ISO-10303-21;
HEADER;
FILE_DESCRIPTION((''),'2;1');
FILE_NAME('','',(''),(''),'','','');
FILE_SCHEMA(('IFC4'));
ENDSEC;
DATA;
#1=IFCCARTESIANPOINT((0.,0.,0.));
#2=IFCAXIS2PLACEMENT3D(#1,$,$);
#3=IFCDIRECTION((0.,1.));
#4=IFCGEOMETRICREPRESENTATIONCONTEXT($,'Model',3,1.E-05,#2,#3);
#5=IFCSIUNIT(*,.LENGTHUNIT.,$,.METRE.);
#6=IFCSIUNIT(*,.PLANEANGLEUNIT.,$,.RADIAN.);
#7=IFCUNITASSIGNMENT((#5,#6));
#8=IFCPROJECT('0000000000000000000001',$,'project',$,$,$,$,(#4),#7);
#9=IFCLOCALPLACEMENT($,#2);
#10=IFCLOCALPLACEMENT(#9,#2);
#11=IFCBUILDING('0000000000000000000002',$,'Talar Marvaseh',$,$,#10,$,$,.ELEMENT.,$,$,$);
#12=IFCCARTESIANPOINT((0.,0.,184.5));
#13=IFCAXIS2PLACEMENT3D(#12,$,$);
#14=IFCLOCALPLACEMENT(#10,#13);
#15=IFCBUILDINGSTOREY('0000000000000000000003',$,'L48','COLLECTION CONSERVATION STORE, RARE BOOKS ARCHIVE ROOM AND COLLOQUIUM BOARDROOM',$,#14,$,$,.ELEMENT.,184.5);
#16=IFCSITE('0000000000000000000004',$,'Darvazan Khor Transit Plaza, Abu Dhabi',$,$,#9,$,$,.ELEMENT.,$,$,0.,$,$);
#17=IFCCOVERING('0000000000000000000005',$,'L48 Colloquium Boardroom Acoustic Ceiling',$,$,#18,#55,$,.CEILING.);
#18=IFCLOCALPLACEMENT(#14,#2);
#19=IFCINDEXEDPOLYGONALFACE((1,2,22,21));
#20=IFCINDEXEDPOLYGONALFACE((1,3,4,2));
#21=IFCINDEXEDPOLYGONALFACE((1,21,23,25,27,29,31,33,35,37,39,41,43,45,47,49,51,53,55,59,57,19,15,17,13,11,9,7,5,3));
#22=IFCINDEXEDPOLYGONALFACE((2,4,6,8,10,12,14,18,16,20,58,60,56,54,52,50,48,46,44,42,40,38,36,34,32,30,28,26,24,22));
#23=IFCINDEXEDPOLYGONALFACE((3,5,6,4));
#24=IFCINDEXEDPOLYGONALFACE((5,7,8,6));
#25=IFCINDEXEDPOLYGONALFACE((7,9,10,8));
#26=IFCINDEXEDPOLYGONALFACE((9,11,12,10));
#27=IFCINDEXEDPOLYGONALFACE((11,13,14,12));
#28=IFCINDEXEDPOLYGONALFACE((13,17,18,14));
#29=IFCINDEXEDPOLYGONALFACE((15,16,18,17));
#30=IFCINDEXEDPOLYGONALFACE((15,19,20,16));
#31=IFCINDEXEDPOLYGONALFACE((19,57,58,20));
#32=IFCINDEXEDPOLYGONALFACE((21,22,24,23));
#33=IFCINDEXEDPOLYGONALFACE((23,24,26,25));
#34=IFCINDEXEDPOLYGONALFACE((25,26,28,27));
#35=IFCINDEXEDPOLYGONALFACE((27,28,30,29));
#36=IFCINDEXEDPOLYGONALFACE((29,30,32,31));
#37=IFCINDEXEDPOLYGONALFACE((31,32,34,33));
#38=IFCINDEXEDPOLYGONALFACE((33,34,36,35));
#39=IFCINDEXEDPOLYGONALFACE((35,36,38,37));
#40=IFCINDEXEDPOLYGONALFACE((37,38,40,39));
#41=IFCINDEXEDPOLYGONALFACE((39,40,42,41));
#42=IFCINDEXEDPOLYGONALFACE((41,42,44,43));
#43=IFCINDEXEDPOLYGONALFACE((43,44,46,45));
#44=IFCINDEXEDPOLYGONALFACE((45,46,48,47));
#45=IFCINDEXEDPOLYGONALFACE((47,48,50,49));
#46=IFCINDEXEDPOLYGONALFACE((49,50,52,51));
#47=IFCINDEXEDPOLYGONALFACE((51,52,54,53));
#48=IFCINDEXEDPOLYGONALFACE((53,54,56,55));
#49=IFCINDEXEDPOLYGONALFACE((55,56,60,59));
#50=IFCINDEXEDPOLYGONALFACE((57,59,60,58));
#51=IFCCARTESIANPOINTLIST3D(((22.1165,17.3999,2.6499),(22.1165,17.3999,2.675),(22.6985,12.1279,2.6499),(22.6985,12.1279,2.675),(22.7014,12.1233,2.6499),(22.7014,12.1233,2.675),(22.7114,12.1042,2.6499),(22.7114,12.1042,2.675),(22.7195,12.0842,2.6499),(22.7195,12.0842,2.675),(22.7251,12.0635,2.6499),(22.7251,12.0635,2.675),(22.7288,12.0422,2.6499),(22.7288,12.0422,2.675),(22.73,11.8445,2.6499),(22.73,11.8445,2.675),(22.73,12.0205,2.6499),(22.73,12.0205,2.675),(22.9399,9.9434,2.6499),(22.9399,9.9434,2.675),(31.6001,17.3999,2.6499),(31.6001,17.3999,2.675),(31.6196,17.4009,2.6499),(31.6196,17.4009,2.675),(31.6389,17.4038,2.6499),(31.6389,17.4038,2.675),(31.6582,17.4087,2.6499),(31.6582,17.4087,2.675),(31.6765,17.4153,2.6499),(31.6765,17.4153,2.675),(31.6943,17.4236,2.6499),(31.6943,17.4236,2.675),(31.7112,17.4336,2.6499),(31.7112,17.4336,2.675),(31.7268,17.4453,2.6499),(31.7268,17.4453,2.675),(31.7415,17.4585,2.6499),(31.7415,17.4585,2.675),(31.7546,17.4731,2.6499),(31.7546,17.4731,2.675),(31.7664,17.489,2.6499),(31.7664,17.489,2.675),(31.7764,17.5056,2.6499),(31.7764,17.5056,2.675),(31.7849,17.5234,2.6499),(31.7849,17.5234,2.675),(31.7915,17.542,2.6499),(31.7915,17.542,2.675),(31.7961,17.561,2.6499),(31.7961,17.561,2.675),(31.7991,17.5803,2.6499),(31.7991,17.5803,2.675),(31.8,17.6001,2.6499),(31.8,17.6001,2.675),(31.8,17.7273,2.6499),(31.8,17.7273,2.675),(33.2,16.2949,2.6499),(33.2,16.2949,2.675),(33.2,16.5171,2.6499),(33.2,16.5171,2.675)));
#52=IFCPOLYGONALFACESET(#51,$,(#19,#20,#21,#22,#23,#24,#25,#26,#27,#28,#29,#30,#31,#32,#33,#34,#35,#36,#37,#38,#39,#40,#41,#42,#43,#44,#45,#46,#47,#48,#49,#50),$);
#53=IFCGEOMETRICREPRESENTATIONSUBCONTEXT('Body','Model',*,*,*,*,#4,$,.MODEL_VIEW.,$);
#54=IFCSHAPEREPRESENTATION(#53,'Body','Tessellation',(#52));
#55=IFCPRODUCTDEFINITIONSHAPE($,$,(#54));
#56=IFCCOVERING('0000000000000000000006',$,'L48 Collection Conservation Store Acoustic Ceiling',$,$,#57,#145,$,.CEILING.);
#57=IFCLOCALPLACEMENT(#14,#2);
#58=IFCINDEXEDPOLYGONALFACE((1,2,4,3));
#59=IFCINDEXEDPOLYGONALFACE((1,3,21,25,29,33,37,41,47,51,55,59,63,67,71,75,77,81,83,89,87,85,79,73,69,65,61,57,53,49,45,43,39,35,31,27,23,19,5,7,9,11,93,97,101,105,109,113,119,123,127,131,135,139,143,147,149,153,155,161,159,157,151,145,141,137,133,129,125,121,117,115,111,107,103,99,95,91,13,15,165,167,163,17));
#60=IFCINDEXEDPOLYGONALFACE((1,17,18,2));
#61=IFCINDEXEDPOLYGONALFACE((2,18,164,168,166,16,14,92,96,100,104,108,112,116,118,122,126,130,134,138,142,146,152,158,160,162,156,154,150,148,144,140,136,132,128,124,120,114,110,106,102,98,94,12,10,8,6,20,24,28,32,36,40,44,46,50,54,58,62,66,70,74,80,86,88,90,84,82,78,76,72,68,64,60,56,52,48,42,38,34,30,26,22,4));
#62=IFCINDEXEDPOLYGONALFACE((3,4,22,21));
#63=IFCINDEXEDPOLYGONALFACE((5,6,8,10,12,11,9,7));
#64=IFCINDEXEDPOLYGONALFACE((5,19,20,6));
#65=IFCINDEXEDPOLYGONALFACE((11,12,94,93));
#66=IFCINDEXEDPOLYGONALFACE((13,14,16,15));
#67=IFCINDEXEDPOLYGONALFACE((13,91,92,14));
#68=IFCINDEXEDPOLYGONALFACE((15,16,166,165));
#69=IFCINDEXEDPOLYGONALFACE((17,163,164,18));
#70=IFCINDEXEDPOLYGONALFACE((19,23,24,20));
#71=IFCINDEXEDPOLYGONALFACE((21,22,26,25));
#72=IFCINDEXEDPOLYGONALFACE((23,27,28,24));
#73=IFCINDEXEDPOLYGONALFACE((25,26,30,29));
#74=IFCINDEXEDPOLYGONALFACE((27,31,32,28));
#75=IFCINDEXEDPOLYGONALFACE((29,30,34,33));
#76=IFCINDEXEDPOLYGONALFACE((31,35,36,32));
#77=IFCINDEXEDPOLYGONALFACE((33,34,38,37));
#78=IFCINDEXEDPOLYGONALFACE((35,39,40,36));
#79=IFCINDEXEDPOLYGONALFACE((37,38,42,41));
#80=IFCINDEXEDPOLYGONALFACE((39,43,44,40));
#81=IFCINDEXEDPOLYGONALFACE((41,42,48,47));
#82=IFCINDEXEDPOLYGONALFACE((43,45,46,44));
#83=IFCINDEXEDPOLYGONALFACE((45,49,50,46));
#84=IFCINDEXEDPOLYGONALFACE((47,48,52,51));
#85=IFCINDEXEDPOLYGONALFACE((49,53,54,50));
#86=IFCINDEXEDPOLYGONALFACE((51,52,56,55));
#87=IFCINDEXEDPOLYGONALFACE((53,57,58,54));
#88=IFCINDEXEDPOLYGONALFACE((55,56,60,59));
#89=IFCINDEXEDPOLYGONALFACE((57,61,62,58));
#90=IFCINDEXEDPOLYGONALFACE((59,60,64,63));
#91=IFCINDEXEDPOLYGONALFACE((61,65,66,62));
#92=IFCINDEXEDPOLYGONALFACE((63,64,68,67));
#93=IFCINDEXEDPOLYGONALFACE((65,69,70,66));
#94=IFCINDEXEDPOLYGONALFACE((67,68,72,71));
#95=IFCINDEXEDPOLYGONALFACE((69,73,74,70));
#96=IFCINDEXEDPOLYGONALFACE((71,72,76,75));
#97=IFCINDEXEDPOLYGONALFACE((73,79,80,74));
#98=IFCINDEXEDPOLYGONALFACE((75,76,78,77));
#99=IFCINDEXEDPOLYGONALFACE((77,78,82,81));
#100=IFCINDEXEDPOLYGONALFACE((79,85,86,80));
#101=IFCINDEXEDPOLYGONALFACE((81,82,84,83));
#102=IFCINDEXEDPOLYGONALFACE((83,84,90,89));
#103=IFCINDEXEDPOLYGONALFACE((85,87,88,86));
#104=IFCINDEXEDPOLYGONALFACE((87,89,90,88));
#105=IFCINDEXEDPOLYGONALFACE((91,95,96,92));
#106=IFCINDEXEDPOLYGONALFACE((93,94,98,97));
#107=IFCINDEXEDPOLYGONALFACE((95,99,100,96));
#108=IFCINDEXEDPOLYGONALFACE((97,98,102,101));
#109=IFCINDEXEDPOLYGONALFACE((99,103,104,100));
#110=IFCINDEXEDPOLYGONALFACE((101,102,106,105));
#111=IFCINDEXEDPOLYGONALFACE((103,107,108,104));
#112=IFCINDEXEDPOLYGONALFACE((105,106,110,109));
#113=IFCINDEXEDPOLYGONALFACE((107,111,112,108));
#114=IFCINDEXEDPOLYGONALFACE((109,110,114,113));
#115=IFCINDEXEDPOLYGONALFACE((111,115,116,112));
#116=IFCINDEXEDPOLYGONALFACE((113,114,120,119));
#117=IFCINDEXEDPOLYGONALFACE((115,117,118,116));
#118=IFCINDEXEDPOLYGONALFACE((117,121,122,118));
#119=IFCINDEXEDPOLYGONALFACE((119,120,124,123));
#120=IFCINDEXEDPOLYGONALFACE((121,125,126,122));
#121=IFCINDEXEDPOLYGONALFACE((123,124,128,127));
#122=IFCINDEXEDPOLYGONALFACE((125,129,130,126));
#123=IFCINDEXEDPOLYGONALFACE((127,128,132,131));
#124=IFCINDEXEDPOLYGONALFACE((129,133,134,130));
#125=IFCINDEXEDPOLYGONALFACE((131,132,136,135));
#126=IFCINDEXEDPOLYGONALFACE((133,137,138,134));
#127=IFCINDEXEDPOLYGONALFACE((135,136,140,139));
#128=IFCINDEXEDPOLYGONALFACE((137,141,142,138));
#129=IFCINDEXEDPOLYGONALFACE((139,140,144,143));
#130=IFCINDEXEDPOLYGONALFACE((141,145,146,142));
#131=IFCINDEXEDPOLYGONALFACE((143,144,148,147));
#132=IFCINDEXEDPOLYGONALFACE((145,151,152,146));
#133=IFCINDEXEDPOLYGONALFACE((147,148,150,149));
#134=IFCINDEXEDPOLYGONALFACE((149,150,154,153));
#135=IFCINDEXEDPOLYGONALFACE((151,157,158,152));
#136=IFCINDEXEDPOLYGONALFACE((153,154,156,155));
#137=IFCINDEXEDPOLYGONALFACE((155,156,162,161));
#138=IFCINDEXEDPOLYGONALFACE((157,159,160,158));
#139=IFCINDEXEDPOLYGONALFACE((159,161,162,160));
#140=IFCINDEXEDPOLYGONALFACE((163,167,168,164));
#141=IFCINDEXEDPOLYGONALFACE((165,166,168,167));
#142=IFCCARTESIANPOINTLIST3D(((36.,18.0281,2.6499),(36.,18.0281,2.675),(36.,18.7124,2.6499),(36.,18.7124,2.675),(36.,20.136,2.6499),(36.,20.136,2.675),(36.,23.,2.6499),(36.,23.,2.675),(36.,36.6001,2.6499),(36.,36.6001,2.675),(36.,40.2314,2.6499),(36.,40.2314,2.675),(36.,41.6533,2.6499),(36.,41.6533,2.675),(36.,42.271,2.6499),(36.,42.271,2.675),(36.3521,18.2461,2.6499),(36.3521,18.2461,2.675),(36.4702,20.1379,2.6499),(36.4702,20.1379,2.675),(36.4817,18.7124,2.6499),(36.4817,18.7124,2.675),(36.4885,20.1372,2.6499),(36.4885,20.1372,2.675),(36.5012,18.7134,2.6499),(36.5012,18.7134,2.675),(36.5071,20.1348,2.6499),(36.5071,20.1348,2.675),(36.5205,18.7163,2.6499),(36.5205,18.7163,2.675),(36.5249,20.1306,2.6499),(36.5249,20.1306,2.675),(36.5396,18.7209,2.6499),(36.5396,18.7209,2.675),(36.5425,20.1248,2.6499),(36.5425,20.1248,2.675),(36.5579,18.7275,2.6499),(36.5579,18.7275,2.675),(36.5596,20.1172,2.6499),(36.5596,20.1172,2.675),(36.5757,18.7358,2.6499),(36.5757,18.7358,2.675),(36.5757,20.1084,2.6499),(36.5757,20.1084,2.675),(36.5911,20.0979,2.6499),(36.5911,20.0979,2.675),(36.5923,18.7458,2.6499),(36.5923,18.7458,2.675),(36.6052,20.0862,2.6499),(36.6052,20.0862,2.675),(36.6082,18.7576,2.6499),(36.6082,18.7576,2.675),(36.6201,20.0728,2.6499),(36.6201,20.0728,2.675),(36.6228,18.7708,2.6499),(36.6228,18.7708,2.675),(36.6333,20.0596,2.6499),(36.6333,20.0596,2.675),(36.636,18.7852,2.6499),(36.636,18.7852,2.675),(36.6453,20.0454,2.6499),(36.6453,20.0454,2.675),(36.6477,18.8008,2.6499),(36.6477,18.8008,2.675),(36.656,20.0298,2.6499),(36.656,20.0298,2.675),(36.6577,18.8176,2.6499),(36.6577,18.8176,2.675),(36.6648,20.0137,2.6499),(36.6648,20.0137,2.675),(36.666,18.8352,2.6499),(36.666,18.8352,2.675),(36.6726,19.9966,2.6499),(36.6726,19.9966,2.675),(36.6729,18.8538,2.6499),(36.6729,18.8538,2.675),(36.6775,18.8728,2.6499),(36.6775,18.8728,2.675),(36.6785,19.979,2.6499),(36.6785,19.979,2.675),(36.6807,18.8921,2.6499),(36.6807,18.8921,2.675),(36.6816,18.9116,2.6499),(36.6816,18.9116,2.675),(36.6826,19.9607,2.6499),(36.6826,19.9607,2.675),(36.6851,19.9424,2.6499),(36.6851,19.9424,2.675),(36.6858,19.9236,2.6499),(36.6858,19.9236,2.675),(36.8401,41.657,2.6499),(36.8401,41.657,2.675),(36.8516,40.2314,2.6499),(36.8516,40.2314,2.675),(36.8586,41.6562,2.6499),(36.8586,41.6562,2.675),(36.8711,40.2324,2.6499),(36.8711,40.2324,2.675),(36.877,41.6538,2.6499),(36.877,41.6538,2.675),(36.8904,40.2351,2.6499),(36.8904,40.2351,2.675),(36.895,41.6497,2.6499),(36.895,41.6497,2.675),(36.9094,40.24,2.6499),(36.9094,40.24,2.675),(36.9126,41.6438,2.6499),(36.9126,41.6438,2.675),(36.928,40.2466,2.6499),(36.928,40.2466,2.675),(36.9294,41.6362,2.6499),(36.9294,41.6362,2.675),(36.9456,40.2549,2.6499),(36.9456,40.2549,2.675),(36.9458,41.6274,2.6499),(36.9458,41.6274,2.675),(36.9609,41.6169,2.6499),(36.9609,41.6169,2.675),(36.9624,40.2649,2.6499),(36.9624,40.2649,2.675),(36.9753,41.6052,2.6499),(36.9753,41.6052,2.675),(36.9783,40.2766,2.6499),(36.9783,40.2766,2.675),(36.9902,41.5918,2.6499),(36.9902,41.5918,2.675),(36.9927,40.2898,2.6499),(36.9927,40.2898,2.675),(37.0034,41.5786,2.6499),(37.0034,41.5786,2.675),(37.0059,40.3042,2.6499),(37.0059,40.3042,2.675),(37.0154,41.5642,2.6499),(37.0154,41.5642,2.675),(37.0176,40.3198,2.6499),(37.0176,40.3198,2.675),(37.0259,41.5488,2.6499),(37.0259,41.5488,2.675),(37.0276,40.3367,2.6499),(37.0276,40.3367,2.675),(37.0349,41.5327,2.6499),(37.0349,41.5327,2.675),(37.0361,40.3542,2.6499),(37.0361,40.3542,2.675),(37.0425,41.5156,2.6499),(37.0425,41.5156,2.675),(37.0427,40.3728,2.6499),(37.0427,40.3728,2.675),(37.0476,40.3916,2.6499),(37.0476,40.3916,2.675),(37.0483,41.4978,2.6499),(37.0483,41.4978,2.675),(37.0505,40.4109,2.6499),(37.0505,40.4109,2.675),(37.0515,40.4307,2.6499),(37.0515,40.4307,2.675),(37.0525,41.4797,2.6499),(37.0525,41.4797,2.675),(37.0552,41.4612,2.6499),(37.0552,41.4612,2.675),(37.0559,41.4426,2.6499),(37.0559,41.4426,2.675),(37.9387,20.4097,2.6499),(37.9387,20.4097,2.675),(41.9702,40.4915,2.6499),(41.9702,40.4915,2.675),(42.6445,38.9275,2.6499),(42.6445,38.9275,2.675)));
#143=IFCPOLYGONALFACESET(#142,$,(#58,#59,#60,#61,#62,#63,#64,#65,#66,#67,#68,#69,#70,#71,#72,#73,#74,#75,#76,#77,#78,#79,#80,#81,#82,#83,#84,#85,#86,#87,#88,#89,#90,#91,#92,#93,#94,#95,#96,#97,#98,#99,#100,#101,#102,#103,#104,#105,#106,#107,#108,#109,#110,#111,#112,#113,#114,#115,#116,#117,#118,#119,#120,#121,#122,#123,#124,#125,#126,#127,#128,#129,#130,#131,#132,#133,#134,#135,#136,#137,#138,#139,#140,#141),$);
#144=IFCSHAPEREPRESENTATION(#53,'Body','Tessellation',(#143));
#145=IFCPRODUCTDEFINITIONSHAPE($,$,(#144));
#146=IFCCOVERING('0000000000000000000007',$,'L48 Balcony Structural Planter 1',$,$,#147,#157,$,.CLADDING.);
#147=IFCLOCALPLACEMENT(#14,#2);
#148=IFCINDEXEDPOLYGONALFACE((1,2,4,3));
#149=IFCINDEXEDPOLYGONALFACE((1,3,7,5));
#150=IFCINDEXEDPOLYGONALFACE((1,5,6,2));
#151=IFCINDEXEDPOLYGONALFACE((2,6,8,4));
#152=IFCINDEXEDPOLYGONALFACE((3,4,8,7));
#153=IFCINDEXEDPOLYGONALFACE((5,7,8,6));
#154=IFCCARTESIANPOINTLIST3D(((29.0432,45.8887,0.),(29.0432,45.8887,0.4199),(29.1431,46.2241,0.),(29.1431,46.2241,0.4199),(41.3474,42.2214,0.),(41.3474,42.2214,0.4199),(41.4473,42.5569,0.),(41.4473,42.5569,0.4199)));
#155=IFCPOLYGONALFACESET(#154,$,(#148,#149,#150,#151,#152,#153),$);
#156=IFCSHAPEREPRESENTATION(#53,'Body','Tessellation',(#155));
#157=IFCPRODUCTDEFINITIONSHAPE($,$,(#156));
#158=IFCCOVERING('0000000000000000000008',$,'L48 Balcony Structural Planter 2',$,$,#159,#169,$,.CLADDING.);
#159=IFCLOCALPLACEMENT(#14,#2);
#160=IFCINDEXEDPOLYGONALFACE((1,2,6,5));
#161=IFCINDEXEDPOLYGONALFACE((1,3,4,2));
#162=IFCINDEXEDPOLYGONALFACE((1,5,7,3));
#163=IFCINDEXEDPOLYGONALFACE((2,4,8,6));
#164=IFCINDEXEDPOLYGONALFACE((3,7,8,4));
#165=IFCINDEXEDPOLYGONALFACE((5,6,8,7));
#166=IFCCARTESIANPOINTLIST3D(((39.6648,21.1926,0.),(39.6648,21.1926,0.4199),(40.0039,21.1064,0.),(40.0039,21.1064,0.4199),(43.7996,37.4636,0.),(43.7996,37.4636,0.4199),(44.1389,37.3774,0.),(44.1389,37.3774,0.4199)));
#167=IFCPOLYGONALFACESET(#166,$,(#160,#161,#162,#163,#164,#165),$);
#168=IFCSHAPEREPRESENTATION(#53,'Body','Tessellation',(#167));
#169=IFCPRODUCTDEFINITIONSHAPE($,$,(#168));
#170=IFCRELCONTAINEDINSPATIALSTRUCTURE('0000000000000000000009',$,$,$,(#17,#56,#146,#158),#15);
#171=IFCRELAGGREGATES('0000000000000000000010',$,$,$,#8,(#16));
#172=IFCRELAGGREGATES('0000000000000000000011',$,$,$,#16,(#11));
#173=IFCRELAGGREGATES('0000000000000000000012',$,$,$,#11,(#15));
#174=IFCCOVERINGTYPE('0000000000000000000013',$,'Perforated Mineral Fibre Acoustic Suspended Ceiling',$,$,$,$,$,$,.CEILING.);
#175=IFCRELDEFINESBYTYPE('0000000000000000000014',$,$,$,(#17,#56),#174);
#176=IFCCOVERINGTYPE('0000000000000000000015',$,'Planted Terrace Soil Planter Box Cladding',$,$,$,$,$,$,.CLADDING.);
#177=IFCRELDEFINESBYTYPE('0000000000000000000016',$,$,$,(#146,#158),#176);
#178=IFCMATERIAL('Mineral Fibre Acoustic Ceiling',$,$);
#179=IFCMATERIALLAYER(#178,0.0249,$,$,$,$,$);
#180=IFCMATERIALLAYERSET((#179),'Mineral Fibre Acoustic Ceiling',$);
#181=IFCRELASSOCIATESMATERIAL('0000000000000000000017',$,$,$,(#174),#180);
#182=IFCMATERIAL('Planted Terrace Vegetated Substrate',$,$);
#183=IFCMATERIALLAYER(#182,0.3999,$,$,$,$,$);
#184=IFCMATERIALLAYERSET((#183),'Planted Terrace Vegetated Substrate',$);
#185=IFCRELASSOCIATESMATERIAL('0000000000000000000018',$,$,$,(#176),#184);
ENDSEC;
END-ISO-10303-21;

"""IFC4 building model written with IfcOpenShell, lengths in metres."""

from ifc_helpers import new_model, si_unit, direction, frame, origin, place, context, subcontext, project, spatial, polyline, outline, extrude, material, layer, layer_set, type_object, element, save


model = new_model("IFC4")

# Units and contexts
model_context = context("Model", 3, precision=1e-05, world=origin(), true_north=direction((0.0, 1.0)))
body_context = subcontext(model_context, "Body", "Model", "MODEL_VIEW")
ifc_project = project(units=[si_unit("LENGTHUNIT", "METRE"), si_unit("PLANEANGLEUNIT", "RADIAN")], contexts=[model_context])

# Site, building, storey
site_placement = place(None, origin())
site = spatial("IfcSite", under=ifc_project, at=site_placement, Name="Darvazan Khor Transit Plaza, Abu Dhabi", CompositionType="ELEMENT", RefElevation=0.0)
building_placement = place(site_placement, origin())
building = spatial("IfcBuilding", under=site, at=building_placement, Name="Talar Marvaseh", CompositionType="ELEMENT")
storey_placement = place(building_placement, frame((0.0, 0.0, 184.5)))
storey = spatial("IfcBuildingStorey", under=building, at=storey_placement, Name="L48", Description="COLLECTION CONSERVATION STORE, RARE BOOKS ARCHIVE ROOM AND COLLOQUIUM BOARDROOM", CompositionType="ELEMENT", Elevation=184.5)

# Coverings
ifc_material_1 = material(Name="Mineral Fibre Acoustic Ceiling")
ifc_layer_1 = layer(ifc_material_1, 0.0249)
ifc_layer_set_1 = layer_set([ifc_layer_1], Name="Mineral Fibre Acoustic Ceiling")
covering_type_1 = type_object("IfcCoveringType", Name="Perforated Mineral Fibre Acoustic Suspended Ceiling", PredefinedType="CEILING", material=ifc_layer_set_1)
covering_1_placement = place(storey_placement, frame((0.0, 0.0, 2.6499)))
element("IfcCovering", 1, at=covering_1_placement, inside=storey, type_object=covering_type_1, Name="L48 Colloquium Boardroom Acoustic Ceiling", PredefinedType="CEILING", context=body_context, shape_type="SweptSolid", body=[
    extrude(outline(polyline([(31.6001, 17.3999), (31.6196, 17.4009), (31.6389, 17.4038), (31.6582, 17.4087), (31.6765, 17.4153), (31.6943, 17.4236), (31.7112, 17.4336), (31.7268, 17.4453), (31.7415, 17.4585), (31.7546, 17.4731), (31.7664, 17.489), (31.7764, 17.5056), (31.7849, 17.5234), (31.7915, 17.542), (31.7961, 17.561), (31.7991, 17.5803), (31.8, 17.6001), (31.8, 17.7273), (33.2, 16.5171), (33.2, 16.2949), (22.9399, 9.9434), (22.73, 11.8445), (22.73, 12.0205), (22.7288, 12.0422), (22.7251, 12.0635), (22.7195, 12.0842), (22.7114, 12.1042), (22.7014, 12.1233), (22.6985, 12.1279), (22.1165, 17.3999), (31.6001, 17.3999)])), origin(), (0.0, 0.0, 1.0), 0.0251),
])
covering_2_placement = place(storey_placement, frame((0.0, 0.0, 2.6499)))
element("IfcCovering", 2, at=covering_2_placement, inside=storey, type_object=covering_type_1, Name="L48 Collection Conservation Store Acoustic Ceiling", PredefinedType="CEILING", context=body_context, shape_type="SweptSolid", body=[
    extrude(outline(polyline([(42.6445, 38.9275), (37.9387, 20.4097), (36.3521, 18.2461), (36.0, 18.0281), (36.0, 18.7124), (36.4817, 18.7124), (36.5012, 18.7134), (36.5205, 18.7163), (36.5396, 18.7209), (36.5579, 18.7275), (36.5757, 18.7358), (36.5923, 18.7458), (36.6082, 18.7576), (36.6228, 18.7708), (36.636, 18.7852), (36.6477, 18.8008), (36.6577, 18.8176), (36.666, 18.8352), (36.6729, 18.8538), (36.6775, 18.8728), (36.6807, 18.8921), (36.6816, 18.9116), (36.6858, 19.9236), (36.6851, 19.9424), (36.6826, 19.9607), (36.6785, 19.979), (36.6726, 19.9966), (36.6648, 20.0137), (36.656, 20.0298), (36.6453, 20.0454), (36.6333, 20.0596), (36.6201, 20.0728), (36.6052, 20.0862), (36.5911, 20.0979), (36.5757, 20.1084), (36.5596, 20.1172), (36.5425, 20.1248), (36.5249, 20.1306), (36.5071, 20.1348), (36.4885, 20.1372), (36.4702, 20.1379), (36.0, 20.136), (36.0, 23.0), (36.0, 36.6001), (36.0, 40.2314), (36.8516, 40.2314), (36.8711, 40.2324), (36.8904, 40.2351), (36.9094, 40.24), (36.928, 40.2466), (36.9456, 40.2549), (36.9624, 40.2649), (36.9783, 40.2766), (36.9927, 40.2898), (37.0059, 40.3042), (37.0176, 40.3198), (37.0276, 40.3367), (37.0361, 40.3542), (37.0427, 40.3728), (37.0476, 40.3916), (37.0505, 40.4109), (37.0515, 40.4307), (37.0559, 41.4426), (37.0552, 41.4612), (37.0525, 41.4797), (37.0483, 41.4978), (37.0425, 41.5156), (37.0349, 41.5327), (37.0259, 41.5488), (37.0154, 41.5642), (37.0034, 41.5786), (36.9902, 41.5918), (36.9753, 41.6052), (36.9609, 41.6169), (36.9458, 41.6274), (36.9294, 41.6362), (36.9126, 41.6438), (36.895, 41.6497), (36.877, 41.6538), (36.8586, 41.6562), (36.8401, 41.657), (36.0, 41.6533), (36.0, 42.271), (41.9702, 40.4915), (42.6445, 38.9275)])), origin(), (0.0, 0.0, 1.0), 0.0251),
])
ifc_material_2 = material(Name="Planted Terrace Vegetated Substrate")
ifc_layer_2 = layer(ifc_material_2, 0.3999)
ifc_layer_set_2 = layer_set([ifc_layer_2], Name="Planted Terrace Vegetated Substrate")
covering_type_2 = type_object("IfcCoveringType", Name="Planted Terrace Soil Planter Box Cladding", PredefinedType="CLADDING", material=ifc_layer_set_2)
covering_3_placement = place(storey_placement, origin())
element("IfcCovering", 3, at=covering_3_placement, inside=storey, type_object=covering_type_2, Name="L48 Balcony Structural Planter 1", PredefinedType="CLADDING", context=body_context, shape_type="SweptSolid", body=[
    extrude(outline(polyline([(29.1431, 46.2241), (41.4473, 42.5569), (41.3474, 42.2214), (29.0432, 45.8887), (29.1431, 46.2241)])), origin(), (0.0, 0.0, 1.0), 0.4199),
])
covering_4_placement = place(storey_placement, origin())
element("IfcCovering", 4, at=covering_4_placement, inside=storey, type_object=covering_type_2, Name="L48 Balcony Structural Planter 2", PredefinedType="CLADDING", context=body_context, shape_type="SweptSolid", body=[
    extrude(outline(polyline([(44.1389, 37.3774), (40.0039, 21.1064), (39.6648, 21.1926), (43.7996, 37.4636), (44.1389, 37.3774)])), origin(), (0.0, 0.0, 1.0), 0.4199),
])

save(model, "model.ifc")
